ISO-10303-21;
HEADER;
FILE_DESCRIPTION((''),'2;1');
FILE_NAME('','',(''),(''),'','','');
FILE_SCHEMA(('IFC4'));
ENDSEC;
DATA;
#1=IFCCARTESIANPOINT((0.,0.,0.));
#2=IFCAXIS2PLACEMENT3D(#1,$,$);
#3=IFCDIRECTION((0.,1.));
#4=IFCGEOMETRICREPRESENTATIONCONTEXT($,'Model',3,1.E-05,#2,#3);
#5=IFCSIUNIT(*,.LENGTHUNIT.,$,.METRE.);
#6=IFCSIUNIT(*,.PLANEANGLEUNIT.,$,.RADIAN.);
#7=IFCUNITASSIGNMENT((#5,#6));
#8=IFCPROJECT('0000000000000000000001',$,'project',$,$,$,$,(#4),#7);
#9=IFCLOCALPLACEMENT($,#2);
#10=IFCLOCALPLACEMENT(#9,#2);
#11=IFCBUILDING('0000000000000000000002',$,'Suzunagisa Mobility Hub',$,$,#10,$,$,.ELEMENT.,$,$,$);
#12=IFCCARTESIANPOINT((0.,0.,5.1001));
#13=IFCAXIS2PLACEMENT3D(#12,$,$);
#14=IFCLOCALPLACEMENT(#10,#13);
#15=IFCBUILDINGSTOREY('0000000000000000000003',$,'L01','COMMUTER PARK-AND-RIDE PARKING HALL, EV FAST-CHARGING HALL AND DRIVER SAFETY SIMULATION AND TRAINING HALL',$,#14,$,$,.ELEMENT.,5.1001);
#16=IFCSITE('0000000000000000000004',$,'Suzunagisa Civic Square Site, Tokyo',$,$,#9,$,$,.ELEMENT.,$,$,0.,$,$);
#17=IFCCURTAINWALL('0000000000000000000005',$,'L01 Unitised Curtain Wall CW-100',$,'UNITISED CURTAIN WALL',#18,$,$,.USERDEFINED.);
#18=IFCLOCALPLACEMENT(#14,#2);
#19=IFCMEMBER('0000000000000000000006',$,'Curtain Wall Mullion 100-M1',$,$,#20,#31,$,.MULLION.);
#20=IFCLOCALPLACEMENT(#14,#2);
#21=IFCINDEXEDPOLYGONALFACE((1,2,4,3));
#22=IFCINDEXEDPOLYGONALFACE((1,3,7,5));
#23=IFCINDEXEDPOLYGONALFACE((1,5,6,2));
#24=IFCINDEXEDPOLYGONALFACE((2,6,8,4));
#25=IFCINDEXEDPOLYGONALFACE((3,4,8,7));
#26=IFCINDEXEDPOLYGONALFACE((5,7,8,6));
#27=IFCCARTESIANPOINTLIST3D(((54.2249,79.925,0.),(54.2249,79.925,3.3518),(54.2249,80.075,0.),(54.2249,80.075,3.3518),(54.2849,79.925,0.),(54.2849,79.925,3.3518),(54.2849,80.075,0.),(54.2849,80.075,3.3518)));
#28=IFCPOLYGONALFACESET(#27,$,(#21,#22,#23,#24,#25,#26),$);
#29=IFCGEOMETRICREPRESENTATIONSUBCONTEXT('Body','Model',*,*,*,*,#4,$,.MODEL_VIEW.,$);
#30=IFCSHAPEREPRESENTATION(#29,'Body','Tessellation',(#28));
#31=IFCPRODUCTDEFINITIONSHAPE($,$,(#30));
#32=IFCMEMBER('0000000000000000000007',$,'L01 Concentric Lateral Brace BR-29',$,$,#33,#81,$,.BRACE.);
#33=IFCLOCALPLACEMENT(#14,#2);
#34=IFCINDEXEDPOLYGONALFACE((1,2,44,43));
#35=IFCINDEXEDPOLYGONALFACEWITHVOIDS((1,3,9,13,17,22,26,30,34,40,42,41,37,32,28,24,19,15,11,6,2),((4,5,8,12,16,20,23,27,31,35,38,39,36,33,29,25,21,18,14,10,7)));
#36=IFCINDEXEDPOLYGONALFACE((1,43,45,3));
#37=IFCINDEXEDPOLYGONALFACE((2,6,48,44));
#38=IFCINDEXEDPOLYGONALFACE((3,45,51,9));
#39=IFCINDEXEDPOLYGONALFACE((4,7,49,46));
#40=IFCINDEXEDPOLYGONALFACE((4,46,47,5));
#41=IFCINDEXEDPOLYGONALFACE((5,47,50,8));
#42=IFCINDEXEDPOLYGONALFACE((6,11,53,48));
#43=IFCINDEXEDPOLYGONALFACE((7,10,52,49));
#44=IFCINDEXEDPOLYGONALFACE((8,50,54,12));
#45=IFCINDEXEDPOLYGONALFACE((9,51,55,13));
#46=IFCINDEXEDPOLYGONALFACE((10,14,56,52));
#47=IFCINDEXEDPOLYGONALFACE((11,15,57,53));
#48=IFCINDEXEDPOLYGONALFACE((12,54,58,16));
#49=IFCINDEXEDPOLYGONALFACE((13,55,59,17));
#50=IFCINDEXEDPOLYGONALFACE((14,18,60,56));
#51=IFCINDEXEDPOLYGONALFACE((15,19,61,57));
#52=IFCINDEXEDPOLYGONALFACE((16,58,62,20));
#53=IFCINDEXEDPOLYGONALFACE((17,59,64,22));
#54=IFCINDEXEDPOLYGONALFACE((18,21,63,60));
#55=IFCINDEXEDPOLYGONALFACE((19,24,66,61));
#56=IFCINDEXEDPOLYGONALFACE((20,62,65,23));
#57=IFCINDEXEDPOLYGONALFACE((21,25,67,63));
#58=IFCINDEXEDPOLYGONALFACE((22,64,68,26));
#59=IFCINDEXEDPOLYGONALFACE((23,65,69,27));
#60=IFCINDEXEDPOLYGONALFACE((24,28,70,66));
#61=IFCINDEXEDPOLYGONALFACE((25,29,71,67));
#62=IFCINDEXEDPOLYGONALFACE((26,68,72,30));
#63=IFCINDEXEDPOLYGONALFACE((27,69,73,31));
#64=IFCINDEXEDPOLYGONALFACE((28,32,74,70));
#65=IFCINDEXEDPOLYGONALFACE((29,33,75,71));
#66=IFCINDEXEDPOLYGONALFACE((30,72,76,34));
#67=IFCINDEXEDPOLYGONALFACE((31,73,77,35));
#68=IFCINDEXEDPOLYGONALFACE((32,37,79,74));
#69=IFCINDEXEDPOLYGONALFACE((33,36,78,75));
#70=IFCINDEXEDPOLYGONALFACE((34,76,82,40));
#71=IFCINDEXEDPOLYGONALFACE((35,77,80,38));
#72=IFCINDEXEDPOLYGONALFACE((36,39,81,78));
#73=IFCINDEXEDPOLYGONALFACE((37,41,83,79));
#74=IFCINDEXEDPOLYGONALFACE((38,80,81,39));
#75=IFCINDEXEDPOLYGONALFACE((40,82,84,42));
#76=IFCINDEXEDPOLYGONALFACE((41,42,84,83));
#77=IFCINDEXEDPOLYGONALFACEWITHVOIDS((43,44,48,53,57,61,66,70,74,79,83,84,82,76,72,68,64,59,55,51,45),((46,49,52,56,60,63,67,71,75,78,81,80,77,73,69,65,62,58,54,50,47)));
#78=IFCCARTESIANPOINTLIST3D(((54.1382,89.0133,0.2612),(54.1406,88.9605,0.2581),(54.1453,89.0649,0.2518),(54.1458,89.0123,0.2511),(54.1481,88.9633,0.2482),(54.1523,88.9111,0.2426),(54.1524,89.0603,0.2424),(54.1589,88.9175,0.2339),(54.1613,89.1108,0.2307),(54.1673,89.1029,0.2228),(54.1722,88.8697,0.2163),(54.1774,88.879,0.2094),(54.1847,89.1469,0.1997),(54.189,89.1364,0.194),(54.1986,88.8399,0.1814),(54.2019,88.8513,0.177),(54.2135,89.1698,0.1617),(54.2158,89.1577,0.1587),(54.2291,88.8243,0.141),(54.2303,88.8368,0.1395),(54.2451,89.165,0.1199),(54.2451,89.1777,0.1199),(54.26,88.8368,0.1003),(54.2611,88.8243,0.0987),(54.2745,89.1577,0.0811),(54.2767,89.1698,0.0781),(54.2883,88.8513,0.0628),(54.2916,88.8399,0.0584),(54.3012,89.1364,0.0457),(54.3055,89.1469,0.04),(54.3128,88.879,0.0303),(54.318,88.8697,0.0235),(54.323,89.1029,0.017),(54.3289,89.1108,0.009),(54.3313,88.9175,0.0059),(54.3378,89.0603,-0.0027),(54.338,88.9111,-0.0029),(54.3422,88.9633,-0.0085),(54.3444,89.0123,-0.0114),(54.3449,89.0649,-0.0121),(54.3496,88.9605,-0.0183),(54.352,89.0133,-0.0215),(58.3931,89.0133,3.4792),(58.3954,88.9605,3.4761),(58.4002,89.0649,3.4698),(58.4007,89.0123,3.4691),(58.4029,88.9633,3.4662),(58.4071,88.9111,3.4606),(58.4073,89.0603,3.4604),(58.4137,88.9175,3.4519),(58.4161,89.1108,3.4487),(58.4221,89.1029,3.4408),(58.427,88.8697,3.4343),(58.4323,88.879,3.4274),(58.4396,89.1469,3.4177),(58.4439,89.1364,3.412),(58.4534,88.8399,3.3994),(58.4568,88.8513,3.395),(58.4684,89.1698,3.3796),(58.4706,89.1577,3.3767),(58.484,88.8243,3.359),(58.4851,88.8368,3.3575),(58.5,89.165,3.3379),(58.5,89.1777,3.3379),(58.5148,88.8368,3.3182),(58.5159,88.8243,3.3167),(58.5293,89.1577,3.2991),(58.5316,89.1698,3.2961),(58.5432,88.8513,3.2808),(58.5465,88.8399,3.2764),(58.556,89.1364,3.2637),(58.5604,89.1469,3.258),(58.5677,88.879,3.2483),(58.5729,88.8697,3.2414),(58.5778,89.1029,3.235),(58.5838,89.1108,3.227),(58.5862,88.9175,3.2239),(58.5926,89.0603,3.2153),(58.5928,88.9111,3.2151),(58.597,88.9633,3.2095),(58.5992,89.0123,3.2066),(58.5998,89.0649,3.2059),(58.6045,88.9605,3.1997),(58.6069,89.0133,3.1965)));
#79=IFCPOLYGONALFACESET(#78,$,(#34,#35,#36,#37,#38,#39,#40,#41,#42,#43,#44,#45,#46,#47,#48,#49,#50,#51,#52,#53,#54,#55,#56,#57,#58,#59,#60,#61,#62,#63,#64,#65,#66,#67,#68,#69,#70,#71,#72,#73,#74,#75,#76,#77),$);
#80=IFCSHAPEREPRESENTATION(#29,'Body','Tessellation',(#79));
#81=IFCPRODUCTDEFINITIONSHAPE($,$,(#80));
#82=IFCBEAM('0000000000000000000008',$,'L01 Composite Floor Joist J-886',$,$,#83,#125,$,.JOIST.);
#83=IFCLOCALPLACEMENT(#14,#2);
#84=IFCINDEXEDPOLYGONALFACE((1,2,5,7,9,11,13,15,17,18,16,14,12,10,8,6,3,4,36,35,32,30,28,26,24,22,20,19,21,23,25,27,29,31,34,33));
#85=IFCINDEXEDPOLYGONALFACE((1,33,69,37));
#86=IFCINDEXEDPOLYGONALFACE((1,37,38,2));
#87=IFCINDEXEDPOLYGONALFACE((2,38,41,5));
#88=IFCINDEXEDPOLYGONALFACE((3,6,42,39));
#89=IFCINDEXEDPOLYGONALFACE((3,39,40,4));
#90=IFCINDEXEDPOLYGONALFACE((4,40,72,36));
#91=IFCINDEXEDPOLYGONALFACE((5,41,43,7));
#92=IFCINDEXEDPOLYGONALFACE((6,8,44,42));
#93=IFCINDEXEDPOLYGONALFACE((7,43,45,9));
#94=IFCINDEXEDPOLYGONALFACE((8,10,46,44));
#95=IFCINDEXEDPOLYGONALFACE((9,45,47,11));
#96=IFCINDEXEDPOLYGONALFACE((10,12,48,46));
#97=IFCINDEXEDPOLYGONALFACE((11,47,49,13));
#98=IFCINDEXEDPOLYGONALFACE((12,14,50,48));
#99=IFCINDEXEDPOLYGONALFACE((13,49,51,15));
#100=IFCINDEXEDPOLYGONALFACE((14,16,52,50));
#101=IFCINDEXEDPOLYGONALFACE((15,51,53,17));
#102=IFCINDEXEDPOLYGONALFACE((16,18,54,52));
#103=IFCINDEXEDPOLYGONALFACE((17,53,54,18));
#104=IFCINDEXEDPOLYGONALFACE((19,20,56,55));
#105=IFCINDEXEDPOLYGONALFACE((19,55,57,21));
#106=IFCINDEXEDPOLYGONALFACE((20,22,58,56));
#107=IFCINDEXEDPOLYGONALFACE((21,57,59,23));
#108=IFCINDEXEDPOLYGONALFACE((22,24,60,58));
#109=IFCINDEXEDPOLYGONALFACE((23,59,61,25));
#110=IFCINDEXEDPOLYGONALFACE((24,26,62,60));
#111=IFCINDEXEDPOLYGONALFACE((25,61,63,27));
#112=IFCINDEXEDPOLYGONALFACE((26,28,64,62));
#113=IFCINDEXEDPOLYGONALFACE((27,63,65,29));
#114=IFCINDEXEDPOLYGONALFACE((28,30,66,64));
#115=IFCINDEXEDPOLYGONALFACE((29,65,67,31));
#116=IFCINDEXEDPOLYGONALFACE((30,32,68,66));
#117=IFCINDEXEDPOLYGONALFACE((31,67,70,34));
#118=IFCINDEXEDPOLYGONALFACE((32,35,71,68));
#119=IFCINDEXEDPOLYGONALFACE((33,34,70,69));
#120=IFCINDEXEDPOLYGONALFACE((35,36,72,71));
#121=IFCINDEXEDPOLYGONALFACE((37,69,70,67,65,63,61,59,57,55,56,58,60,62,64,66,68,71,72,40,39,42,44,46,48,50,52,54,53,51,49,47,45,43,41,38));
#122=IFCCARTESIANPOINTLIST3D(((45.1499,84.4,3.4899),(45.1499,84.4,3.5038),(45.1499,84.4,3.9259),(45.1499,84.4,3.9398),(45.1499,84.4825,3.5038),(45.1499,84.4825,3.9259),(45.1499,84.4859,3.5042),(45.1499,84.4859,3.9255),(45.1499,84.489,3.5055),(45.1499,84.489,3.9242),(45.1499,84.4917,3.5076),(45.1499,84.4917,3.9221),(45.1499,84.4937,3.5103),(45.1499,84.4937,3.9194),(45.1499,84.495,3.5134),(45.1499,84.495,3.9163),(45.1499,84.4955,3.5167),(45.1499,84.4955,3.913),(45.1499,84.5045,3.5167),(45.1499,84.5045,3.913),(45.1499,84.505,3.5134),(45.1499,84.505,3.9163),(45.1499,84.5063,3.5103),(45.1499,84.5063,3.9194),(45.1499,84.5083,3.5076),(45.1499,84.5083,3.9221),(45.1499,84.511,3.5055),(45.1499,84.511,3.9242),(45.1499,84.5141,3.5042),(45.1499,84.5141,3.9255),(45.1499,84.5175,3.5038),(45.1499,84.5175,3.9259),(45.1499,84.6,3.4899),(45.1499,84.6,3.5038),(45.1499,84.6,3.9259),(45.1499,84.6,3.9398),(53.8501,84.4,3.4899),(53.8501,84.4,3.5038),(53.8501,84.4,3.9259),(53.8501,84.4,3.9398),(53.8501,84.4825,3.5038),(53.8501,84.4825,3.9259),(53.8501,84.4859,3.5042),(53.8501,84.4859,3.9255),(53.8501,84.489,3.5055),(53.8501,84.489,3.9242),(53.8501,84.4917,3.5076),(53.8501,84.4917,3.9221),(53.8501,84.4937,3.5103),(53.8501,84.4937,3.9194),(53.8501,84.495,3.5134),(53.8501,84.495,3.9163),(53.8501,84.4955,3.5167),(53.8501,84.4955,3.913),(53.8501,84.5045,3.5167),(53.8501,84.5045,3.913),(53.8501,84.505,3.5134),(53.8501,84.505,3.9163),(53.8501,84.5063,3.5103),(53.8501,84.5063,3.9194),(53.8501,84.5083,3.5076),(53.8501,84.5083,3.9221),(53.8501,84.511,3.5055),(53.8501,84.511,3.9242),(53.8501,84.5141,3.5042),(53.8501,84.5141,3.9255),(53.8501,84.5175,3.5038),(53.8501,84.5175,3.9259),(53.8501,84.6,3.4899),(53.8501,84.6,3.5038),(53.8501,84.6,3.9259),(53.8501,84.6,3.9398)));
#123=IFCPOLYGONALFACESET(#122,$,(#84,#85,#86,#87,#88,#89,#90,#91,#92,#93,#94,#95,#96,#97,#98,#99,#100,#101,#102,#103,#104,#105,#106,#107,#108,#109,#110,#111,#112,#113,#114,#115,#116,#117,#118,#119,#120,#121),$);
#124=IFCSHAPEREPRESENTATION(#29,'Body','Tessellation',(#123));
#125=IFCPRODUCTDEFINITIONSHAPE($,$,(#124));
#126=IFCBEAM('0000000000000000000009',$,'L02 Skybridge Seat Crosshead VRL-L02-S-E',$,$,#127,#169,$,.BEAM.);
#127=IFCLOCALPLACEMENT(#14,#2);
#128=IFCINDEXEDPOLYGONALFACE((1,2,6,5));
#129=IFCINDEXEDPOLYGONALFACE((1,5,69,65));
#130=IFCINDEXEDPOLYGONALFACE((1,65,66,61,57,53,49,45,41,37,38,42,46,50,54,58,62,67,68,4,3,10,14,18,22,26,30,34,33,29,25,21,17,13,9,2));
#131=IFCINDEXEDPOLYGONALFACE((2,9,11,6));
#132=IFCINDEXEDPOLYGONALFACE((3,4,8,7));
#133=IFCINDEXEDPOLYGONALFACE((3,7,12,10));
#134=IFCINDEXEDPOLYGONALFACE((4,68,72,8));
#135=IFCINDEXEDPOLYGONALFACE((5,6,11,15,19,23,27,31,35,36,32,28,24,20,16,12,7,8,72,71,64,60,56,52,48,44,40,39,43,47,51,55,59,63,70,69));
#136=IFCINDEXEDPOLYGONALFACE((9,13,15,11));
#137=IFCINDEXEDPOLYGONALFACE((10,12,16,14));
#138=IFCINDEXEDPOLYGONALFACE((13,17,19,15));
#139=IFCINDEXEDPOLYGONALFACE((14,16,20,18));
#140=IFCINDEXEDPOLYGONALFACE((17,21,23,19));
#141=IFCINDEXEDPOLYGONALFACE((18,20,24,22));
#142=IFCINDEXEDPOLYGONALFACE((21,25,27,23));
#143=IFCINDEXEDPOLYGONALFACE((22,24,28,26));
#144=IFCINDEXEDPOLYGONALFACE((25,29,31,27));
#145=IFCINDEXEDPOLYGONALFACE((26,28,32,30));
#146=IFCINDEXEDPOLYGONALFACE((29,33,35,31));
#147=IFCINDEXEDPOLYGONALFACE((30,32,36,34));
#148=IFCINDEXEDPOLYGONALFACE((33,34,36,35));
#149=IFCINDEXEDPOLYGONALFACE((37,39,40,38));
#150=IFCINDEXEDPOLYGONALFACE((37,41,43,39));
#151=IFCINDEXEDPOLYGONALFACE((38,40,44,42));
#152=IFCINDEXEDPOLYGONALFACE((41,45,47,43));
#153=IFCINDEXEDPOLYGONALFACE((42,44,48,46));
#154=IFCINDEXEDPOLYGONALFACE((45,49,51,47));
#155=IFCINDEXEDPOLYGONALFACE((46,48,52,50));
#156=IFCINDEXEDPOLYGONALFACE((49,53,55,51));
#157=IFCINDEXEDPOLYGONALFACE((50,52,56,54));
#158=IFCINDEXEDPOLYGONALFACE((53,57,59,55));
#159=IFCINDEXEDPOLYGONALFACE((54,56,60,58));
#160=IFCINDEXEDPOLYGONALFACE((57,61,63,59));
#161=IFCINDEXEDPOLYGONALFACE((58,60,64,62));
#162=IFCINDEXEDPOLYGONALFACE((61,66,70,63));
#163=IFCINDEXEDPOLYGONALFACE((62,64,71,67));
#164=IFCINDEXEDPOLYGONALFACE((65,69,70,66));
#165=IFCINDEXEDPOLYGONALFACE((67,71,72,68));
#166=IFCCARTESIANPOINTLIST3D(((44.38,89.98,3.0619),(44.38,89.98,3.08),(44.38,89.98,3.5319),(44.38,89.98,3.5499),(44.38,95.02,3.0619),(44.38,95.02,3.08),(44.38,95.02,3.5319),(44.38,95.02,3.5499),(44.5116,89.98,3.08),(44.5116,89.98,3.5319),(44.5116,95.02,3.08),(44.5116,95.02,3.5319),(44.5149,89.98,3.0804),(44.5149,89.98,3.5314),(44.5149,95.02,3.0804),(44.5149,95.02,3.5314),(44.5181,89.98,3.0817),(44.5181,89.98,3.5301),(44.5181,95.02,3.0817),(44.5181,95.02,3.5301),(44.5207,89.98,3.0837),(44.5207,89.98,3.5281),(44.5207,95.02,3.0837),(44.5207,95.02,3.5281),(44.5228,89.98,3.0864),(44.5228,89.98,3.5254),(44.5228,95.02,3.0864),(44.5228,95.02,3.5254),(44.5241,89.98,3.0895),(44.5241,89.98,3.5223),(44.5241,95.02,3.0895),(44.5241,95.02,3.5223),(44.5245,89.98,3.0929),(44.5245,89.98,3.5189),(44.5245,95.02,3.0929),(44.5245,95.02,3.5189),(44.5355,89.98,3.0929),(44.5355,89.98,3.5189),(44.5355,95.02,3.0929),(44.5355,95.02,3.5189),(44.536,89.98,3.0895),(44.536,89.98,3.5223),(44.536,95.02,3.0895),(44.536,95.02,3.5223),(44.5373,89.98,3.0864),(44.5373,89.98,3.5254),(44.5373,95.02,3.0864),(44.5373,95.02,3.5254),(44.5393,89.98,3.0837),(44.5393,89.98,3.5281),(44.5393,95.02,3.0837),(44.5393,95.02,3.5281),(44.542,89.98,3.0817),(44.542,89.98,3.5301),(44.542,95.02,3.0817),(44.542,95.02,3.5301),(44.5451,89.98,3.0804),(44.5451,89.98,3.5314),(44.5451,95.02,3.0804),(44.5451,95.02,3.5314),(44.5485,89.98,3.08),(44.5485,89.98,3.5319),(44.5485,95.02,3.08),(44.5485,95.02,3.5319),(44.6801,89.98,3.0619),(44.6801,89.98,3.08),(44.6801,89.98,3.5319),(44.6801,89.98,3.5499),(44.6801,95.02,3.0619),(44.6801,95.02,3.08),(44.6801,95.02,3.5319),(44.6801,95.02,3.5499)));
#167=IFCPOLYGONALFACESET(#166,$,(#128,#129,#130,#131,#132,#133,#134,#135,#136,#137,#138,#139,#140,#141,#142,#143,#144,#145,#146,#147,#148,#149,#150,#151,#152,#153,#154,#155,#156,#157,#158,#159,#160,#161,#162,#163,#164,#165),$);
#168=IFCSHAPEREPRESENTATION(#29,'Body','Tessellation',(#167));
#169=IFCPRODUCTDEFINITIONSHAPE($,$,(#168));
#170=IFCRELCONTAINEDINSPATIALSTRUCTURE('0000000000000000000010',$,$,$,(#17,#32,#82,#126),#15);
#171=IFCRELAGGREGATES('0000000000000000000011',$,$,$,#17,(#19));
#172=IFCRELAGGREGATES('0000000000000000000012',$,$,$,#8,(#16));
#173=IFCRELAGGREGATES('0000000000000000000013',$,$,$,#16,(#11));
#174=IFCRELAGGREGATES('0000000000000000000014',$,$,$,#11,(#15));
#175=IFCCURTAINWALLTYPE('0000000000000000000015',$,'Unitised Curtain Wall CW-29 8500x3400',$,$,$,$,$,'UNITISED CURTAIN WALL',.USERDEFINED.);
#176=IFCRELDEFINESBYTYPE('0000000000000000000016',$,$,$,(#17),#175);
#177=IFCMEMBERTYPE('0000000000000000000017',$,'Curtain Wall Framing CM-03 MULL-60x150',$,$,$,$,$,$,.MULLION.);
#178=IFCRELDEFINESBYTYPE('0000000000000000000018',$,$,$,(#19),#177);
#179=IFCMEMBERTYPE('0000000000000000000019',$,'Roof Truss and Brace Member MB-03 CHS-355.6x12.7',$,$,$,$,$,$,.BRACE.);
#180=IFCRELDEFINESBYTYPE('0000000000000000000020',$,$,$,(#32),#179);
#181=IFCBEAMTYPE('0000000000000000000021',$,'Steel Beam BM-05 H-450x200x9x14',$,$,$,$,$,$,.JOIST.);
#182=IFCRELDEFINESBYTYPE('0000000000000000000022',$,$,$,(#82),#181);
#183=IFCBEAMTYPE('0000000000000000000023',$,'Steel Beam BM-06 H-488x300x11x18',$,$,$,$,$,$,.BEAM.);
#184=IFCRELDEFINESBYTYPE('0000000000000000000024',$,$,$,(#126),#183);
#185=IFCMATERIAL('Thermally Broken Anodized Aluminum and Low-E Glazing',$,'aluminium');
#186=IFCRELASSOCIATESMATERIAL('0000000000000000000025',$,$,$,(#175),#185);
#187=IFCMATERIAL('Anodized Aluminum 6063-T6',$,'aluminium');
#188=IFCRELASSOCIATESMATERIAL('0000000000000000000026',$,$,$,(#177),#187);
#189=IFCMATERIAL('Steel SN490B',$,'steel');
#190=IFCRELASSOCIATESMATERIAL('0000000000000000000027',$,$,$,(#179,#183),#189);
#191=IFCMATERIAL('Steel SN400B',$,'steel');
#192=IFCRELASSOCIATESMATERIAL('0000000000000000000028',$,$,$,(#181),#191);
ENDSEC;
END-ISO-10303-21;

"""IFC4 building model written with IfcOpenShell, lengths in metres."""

from ifc_helpers import new_model, si_unit, direction, frame, origin, origin_2d, place, context, subcontext, project, spatial, rectangle, hollow_circle, i_section, extrude, material, material_profile, profile_set, type_object, element, aggregate, save


model = new_model("IFC4")

# Units and contexts
model_context = context("Model", 3, precision=1e-05, world=origin(), true_north=direction((0.0, 1.0)))
body_context = subcontext(model_context, "Body", "Model", "MODEL_VIEW")
ifc_project = project(units=[si_unit("LENGTHUNIT", "METRE"), si_unit("PLANEANGLEUNIT", "RADIAN")], contexts=[model_context])

# Site, building, storey
site_placement = place(None, origin())
site = spatial("IfcSite", under=ifc_project, at=site_placement, Name="Suzunagisa Civic Square Site, Tokyo", CompositionType="ELEMENT", RefElevation=0.0)
building_placement = place(site_placement, origin())
building = spatial("IfcBuilding", under=site, at=building_placement, Name="Suzunagisa Mobility Hub", CompositionType="ELEMENT")
storey_placement = place(building_placement, frame((0.0, 0.0, 5.1001)))
storey = spatial("IfcBuildingStorey", under=building, at=storey_placement, Name="L01", Description="COMMUTER PARK-AND-RIDE PARKING HALL, EV FAST-CHARGING HALL AND DRIVER SAFETY SIMULATION AND TRAINING HALL", CompositionType="ELEMENT", Elevation=5.1001)

# Shared definitions
ifc_material_1 = material(Name="Steel SN490B", Category="steel")

# Curtain wall, member
ifc_material_2 = material(Name="Thermally Broken Anodized Aluminum and Low-E Glazing", Category="aluminium")
curtain_wall_type = type_object("IfcCurtainWallType", Name="Unitised Curtain Wall CW-29 8500x3400", ElementType="UNITISED CURTAIN WALL", PredefinedType="USERDEFINED", material=ifc_material_2)
curtain_wall_placement = place(storey_placement, origin())
curtain_wall = element("IfcCurtainWall", 1, at=curtain_wall_placement, inside=storey, type_object=curtain_wall_type, Name="L01 Unitised Curtain Wall CW-100", ObjectType="UNITISED CURTAIN WALL", PredefinedType="USERDEFINED")
ifc_material_3 = material(Name="Anodized Aluminum 6063-T6", Category="aluminium")
ifc_material_profile_1 = material_profile(ifc_material_3, rectangle(XDim=0.0601, YDim=0.1499, at=origin_2d()), Name="MULL-60x150")
ifc_profile_set_1 = profile_set([ifc_material_profile_1], Name="Anodized Aluminum 6063-T6")
member_type_1 = type_object("IfcMemberType", Name="Curtain Wall Framing CM-03 MULL-60x150", PredefinedType="MULLION", material=ifc_profile_set_1)
member_1_placement = place(storey_placement, frame((54.2549, 80.0, 0.0), z_axis=(0.0, 0.0, 1.0), x_axis=(1.0, 0.0, 0.0)))
member_1 = element("IfcMember", 2, at=member_1_placement, type_object=member_type_1, Name="Curtain Wall Mullion 100-M1", PredefinedType="MULLION", context=body_context, shape_type="SweptSolid", body=[
    extrude(rectangle(XDim=0.0601, YDim=0.1499, at=origin_2d()), origin(), (0.0, 0.0, 1.0), 3.3518),
])

# Member
ifc_material_profile_2 = material_profile(ifc_material_1, hollow_circle(Radius=0.1777, WallThickness=0.0127, at=origin_2d()), Name="CHS-355.6x12.7")
ifc_profile_set_2 = profile_set([ifc_material_profile_2], Name="Steel SN490B")
member_type_2 = type_object("IfcMemberType", Name="Roof Truss and Brace Member MB-03 CHS-355.6x12.7", PredefinedType="BRACE", material=ifc_profile_set_2)
member_2_placement = place(storey_placement, frame((54.2451, 89.0, 0.1199), z_axis=(0.797577, 0.0, 0.603217), x_axis=(0.0, 1.0, 0.0)))
element("IfcMember", 3, at=member_2_placement, inside=storey, type_object=member_type_2, Name="L01 Concentric Lateral Brace BR-29", PredefinedType="BRACE", context=body_context, shape_type="SweptSolid", body=[
    extrude(hollow_circle(Radius=0.1777, WallThickness=0.0127, at=origin_2d()), origin(), (0.0, 0.0, 1.0), 5.3347),
])

# Beams
ifc_material_4 = material(Name="Steel SN400B", Category="steel")
ifc_material_profile_3 = material_profile(ifc_material_4, i_section(OverallWidth=0.2, OverallDepth=0.45, WebThickness=0.009, FlangeThickness=0.0139, FilletRadius=0.0129, at=origin_2d()), Name="H-450x200x9x14")
ifc_profile_set_3 = profile_set([ifc_material_profile_3], Name="Steel SN400B")
beam_type_1 = type_object("IfcBeamType", Name="Steel Beam BM-05 H-450x200x9x14", PredefinedType="JOIST", material=ifc_profile_set_3)
beam_1_placement = place(storey_placement, frame((45.1499, 84.5, 3.7148), z_axis=(1.0, 0.0, 0.0), x_axis=(0.0, 1.0, 0.0)))
element("IfcBeam", 4, at=beam_1_placement, inside=storey, type_object=beam_type_1, Name="L01 Composite Floor Joist J-886", PredefinedType="JOIST", context=body_context, shape_type="SweptSolid", body=[
    extrude(i_section(OverallWidth=0.2, OverallDepth=0.45, WebThickness=0.009, FlangeThickness=0.0139, FilletRadius=0.0129, at=origin_2d()), origin(), (0.0, 0.0, 1.0), 8.7002),
])
ifc_material_profile_4 = material_profile(ifc_material_1, i_section(OverallWidth=0.3, OverallDepth=0.488, WebThickness=0.011, FlangeThickness=0.0181, FilletRadius=0.0129, at=origin_2d()), Name="H-488x300x11x18")
ifc_profile_set_4 = profile_set([ifc_material_profile_4], Name="Steel SN490B")
beam_type_2 = type_object("IfcBeamType", Name="Steel Beam BM-06 H-488x300x11x18", PredefinedType="BEAM", material=ifc_profile_set_4)
beam_2_placement = place(storey_placement, frame((44.53, 89.98, 3.3059), z_axis=(0.0, 1.0, 0.0), x_axis=(-1.0, 0.0, 0.0)))
element("IfcBeam", 5, at=beam_2_placement, inside=storey, type_object=beam_type_2, Name="L02 Skybridge Seat Crosshead VRL-L02-S-E", PredefinedType="BEAM", context=body_context, shape_type="SweptSolid", body=[
    extrude(i_section(OverallWidth=0.3, OverallDepth=0.488, WebThickness=0.011, FlangeThickness=0.0181, FilletRadius=0.0129, at=origin_2d()), origin(), (0.0, 0.0, 1.0), 5.04),
])

aggregate(curtain_wall, [member_1])

save(model, "model.ifc")
